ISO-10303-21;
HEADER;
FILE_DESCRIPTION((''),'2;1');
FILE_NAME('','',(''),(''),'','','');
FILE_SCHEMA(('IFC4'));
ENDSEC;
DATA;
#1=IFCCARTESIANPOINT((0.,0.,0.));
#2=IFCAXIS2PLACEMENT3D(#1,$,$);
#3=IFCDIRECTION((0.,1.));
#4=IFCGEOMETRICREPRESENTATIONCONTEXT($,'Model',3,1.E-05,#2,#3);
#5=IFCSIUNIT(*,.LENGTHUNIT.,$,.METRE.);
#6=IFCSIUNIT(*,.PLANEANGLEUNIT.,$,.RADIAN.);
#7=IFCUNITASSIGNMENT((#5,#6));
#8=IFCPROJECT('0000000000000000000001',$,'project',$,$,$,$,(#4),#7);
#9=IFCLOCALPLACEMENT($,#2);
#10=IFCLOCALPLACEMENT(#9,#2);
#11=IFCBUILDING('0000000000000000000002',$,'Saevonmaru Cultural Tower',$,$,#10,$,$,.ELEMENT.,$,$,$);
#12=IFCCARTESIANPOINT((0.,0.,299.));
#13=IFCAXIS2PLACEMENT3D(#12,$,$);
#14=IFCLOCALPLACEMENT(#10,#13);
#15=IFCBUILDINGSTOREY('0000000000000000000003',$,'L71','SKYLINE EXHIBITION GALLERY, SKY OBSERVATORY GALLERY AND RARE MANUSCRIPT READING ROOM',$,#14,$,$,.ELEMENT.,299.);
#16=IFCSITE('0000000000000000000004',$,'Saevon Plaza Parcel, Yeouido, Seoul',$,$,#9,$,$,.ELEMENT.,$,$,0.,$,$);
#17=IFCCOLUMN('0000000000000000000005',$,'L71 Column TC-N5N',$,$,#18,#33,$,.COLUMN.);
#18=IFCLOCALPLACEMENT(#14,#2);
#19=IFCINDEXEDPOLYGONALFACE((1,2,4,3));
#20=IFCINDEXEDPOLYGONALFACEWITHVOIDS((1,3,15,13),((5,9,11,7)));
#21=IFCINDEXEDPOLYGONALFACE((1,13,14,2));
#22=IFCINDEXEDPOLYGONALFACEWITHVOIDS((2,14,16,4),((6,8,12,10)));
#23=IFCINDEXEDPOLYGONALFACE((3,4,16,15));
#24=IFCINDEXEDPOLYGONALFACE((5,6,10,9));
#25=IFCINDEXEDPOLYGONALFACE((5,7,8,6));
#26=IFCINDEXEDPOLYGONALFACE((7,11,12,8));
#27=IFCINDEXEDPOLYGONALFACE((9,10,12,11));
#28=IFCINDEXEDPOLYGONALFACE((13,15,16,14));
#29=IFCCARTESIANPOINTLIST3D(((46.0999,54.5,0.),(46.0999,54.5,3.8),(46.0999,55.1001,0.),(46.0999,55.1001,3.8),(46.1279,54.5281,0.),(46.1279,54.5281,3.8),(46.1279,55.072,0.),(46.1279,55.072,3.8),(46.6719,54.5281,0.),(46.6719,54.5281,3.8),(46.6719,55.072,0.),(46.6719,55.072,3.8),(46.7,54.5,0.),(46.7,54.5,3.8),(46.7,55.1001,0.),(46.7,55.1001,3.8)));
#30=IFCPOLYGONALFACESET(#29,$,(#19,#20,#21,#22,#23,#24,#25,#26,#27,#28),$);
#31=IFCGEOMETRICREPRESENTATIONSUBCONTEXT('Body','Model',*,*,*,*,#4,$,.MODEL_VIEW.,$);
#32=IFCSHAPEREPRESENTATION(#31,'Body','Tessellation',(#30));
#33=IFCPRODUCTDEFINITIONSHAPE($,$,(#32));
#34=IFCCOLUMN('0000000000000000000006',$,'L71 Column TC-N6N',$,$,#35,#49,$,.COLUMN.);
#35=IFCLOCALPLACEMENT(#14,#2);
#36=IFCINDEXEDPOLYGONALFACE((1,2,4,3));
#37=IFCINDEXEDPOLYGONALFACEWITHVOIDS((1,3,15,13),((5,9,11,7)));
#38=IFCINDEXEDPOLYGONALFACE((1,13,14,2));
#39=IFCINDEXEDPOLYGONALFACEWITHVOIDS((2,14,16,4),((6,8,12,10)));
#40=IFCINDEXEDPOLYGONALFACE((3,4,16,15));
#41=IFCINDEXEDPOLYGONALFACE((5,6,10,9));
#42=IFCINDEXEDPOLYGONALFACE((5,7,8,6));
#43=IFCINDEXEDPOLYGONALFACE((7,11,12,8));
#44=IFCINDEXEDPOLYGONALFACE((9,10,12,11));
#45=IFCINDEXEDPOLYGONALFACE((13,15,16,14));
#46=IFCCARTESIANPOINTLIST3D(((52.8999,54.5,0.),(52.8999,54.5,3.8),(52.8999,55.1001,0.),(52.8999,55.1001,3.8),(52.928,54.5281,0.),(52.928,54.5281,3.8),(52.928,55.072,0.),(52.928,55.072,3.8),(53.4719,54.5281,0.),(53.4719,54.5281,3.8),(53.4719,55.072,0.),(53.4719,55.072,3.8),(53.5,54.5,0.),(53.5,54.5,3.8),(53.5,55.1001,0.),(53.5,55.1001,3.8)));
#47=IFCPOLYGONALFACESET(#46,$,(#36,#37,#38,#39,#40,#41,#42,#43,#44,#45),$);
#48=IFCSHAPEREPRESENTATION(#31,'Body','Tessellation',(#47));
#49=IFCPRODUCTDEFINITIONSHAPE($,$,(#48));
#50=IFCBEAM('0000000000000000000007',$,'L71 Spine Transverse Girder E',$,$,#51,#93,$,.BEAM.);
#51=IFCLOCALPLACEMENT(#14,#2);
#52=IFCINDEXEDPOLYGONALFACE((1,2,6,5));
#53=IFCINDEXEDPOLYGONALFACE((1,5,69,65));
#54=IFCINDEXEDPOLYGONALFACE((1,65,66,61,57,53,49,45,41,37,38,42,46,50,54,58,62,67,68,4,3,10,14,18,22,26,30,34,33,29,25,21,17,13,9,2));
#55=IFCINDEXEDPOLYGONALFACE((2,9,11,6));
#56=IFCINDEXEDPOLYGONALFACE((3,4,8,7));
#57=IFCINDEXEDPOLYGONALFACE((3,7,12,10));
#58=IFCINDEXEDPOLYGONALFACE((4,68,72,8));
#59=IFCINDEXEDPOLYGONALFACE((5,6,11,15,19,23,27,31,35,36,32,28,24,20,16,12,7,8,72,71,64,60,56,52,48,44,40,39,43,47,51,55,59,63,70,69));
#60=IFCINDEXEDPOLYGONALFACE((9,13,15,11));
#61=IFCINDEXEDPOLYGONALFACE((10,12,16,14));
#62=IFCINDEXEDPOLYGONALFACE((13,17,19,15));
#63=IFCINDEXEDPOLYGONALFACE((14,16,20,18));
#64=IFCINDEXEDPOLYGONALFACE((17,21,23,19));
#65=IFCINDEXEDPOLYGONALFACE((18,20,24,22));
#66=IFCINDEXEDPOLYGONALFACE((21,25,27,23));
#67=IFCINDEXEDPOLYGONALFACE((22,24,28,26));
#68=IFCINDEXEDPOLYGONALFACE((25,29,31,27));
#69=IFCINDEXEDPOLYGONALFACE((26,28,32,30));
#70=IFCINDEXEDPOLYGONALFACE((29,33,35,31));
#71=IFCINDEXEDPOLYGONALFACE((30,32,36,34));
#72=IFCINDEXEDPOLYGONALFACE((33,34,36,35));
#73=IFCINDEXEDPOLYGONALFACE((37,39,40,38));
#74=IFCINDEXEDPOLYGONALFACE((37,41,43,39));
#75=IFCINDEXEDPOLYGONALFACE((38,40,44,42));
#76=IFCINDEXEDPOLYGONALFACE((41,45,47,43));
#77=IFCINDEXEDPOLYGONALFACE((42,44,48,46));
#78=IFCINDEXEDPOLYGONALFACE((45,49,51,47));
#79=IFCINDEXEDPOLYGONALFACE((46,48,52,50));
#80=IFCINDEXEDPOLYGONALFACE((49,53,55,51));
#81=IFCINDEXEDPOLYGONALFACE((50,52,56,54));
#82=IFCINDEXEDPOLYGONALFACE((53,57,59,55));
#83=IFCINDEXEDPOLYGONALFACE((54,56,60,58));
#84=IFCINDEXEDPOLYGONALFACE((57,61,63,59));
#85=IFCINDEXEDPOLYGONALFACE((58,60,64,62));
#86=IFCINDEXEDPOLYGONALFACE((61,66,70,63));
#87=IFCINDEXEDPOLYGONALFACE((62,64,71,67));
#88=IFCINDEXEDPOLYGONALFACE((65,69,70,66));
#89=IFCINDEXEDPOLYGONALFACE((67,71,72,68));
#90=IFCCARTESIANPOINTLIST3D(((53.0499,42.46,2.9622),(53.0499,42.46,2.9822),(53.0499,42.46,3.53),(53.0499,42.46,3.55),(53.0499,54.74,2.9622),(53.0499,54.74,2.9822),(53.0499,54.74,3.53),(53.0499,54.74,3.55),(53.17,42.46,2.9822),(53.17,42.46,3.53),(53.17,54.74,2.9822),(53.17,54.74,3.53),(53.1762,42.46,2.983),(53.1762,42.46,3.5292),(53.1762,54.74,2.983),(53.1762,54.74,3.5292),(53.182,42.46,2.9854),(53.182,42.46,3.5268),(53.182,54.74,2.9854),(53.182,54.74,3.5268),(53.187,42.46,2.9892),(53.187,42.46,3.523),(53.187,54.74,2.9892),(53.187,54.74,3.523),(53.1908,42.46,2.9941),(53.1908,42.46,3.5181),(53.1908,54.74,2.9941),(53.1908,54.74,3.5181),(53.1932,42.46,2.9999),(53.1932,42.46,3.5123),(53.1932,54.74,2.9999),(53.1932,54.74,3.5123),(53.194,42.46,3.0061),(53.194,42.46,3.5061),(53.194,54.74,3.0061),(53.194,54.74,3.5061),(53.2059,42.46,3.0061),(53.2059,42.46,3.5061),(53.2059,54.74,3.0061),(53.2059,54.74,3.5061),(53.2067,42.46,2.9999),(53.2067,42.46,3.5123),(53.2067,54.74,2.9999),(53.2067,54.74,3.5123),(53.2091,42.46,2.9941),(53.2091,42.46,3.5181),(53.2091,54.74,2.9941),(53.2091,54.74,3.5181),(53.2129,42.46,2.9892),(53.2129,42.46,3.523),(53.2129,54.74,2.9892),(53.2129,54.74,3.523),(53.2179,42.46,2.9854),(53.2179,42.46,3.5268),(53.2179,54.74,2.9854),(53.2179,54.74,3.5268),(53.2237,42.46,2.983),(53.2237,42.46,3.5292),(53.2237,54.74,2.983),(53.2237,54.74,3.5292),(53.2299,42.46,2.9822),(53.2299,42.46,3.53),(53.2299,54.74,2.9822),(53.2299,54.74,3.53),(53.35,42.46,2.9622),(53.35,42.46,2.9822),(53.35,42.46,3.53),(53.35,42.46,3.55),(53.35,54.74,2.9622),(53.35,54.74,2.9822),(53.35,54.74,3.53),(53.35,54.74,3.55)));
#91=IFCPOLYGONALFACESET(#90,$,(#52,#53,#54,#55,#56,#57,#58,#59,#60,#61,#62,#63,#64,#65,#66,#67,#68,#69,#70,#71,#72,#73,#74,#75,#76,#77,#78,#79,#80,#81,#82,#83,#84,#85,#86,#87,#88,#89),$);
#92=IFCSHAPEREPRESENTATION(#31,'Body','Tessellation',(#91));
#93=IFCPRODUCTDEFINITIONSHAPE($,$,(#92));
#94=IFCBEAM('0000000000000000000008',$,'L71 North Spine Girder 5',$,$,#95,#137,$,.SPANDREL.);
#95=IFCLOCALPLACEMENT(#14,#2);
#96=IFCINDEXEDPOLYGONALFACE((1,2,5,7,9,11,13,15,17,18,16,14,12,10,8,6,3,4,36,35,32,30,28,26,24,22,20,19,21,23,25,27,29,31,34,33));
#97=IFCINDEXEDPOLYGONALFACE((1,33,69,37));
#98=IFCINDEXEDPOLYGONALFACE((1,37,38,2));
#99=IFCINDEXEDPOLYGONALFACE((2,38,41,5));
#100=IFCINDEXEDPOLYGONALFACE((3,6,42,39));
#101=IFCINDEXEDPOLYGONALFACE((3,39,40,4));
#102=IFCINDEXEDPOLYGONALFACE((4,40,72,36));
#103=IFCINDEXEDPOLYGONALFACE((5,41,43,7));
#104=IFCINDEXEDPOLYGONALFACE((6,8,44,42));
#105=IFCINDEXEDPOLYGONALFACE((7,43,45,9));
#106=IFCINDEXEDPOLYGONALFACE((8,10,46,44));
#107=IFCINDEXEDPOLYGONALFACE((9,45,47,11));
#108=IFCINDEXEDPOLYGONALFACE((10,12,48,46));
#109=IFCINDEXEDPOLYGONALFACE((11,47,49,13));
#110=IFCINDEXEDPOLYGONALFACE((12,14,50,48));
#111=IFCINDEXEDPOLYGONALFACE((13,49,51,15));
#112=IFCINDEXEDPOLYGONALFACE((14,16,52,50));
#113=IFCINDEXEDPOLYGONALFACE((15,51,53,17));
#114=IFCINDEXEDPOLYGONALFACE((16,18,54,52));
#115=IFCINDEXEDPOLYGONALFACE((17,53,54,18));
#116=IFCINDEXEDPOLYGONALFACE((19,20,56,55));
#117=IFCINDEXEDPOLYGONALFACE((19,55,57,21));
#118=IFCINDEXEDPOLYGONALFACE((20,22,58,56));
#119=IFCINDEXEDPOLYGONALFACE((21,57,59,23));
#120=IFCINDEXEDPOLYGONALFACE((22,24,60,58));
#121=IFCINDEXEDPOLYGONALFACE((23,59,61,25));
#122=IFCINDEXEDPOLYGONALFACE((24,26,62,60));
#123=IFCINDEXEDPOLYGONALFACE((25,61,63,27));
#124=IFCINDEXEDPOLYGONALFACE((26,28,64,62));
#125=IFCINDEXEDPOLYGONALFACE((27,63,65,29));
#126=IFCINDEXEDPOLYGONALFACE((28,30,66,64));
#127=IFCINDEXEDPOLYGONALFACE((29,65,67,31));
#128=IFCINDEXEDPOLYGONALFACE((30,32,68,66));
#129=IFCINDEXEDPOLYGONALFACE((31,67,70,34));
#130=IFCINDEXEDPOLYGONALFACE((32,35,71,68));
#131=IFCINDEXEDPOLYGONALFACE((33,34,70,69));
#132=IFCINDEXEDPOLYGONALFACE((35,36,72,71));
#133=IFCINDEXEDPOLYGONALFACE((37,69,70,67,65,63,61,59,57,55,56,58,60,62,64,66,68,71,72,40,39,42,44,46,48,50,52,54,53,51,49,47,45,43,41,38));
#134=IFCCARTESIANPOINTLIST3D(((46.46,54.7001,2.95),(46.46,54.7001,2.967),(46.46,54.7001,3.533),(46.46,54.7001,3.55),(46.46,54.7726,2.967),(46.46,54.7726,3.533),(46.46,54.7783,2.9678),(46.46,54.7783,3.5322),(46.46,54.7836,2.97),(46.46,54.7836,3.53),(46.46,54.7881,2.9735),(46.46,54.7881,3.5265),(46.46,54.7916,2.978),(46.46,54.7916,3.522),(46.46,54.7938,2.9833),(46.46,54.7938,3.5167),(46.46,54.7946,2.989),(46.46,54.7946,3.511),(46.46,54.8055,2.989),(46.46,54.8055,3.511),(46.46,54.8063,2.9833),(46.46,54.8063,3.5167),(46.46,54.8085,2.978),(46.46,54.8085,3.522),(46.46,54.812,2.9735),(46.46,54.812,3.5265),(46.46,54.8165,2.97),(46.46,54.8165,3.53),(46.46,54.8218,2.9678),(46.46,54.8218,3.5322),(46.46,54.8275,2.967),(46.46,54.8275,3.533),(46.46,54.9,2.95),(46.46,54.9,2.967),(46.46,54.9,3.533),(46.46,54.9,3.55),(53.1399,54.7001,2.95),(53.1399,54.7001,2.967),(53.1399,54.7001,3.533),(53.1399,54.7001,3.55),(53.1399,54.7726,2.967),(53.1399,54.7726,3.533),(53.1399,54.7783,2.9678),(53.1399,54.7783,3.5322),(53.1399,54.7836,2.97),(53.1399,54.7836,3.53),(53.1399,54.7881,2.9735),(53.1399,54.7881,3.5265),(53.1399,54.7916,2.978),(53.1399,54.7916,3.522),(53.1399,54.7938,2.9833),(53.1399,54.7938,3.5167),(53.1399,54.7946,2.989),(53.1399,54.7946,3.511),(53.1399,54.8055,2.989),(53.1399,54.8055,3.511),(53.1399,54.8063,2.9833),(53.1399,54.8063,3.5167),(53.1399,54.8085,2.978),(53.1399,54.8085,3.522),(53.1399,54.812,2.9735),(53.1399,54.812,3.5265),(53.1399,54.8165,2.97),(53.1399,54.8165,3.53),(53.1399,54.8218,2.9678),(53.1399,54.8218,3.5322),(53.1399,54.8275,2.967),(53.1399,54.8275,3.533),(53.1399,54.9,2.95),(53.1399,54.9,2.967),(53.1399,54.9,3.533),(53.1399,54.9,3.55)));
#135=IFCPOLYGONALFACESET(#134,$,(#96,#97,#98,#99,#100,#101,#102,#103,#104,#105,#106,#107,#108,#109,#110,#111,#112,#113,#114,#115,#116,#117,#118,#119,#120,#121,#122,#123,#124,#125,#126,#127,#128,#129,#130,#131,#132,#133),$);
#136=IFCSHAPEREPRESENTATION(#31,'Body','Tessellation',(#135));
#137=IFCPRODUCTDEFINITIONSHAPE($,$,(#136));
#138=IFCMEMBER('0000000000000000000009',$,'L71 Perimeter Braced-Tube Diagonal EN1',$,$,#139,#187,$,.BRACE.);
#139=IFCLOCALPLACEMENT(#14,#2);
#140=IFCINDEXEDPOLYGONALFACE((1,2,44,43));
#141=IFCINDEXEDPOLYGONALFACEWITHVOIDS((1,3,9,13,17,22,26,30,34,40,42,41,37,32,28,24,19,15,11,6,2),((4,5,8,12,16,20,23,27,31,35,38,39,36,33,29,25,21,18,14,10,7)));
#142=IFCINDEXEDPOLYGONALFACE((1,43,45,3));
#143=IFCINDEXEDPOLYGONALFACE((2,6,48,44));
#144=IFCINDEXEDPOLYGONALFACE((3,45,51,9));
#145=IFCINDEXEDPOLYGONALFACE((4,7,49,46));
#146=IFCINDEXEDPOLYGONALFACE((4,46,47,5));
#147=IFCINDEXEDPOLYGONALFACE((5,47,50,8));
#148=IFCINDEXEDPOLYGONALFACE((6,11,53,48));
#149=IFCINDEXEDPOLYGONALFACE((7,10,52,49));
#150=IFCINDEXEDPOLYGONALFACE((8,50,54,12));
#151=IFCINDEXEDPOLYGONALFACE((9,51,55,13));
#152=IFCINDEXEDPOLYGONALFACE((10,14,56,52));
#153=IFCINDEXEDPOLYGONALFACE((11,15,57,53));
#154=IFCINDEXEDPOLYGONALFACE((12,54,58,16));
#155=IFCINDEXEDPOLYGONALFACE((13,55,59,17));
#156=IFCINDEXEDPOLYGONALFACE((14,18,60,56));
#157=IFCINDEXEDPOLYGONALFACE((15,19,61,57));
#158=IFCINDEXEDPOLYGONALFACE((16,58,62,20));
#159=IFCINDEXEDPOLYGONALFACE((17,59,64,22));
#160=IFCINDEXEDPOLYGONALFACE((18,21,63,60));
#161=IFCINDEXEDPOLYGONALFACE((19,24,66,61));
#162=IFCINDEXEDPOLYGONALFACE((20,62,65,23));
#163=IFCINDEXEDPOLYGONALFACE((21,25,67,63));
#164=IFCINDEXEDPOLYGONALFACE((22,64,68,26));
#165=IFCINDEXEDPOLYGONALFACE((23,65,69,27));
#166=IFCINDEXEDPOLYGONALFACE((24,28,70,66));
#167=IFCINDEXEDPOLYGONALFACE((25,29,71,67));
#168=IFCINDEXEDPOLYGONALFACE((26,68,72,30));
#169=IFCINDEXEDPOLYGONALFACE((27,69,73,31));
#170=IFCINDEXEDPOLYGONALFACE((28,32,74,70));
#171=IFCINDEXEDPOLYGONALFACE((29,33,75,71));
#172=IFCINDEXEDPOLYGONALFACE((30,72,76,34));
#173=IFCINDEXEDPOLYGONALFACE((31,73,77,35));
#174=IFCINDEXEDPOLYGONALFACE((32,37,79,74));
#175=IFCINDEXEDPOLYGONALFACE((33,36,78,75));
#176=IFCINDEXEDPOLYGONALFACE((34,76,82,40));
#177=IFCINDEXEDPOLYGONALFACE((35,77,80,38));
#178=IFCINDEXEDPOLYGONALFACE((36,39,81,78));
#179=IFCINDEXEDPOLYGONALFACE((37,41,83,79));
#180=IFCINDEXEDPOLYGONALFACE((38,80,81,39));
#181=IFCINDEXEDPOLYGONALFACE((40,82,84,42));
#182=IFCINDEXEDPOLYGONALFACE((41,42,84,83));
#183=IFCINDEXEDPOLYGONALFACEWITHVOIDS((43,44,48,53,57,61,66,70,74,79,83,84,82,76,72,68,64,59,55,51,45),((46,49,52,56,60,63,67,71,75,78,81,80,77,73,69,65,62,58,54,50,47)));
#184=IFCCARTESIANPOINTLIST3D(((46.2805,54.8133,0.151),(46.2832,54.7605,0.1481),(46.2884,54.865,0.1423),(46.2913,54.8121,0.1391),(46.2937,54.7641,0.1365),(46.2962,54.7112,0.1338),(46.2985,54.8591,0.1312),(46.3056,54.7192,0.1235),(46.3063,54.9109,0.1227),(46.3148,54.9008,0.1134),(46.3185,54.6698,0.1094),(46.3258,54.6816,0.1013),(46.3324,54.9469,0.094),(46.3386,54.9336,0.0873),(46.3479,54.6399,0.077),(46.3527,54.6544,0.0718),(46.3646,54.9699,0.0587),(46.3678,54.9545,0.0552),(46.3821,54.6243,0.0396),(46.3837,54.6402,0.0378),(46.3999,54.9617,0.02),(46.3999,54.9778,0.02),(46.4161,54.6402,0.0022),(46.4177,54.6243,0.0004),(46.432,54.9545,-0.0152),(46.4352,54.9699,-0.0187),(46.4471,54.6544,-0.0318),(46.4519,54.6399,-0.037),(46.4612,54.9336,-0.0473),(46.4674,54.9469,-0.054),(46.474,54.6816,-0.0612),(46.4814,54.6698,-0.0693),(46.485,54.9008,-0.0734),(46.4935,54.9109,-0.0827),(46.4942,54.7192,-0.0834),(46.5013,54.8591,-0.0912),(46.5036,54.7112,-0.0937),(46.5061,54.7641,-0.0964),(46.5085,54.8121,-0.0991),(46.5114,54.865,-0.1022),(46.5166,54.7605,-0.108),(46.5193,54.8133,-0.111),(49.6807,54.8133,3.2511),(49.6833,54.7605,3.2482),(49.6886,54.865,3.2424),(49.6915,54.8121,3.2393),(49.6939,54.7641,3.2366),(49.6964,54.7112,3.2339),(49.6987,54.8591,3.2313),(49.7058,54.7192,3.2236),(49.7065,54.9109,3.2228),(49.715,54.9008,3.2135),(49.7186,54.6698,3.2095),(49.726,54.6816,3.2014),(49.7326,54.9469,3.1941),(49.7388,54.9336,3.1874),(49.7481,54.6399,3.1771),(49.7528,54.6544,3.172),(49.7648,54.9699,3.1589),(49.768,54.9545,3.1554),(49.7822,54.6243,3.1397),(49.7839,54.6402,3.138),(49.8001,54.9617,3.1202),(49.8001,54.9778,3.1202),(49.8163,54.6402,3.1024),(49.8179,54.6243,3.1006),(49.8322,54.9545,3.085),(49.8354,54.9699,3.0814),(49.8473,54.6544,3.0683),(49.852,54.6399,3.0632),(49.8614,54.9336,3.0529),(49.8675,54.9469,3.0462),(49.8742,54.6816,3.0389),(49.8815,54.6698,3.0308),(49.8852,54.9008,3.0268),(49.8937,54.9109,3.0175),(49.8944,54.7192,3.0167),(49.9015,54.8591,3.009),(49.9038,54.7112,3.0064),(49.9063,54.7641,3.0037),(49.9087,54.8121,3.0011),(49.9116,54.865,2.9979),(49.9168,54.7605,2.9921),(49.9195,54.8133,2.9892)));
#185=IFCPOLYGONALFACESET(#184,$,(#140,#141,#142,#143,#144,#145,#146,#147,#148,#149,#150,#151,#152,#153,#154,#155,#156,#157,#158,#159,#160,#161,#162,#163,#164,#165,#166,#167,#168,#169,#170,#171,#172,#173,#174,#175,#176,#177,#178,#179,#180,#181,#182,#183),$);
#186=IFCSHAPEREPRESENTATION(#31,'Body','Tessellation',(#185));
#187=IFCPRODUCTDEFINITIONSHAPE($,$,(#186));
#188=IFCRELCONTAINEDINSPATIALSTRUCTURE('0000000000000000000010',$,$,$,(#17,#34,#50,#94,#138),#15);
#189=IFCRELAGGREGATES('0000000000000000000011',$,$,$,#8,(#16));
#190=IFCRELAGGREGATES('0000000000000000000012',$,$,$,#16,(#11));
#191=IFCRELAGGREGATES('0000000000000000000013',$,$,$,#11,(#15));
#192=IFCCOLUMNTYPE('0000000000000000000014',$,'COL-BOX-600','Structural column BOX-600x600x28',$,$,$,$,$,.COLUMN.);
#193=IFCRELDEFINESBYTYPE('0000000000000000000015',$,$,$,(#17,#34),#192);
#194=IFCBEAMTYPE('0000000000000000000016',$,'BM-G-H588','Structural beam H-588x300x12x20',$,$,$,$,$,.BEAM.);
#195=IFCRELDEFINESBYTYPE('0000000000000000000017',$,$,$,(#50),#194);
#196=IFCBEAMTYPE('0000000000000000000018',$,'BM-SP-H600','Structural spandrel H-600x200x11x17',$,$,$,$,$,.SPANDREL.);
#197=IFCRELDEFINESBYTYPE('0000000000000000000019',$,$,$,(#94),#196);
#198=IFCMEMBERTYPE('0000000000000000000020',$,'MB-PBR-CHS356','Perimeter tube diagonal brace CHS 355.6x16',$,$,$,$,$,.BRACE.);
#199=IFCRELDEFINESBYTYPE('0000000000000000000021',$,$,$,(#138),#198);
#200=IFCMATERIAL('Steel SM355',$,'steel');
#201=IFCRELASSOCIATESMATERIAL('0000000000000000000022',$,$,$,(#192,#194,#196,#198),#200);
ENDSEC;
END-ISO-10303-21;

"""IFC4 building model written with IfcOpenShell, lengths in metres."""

from ifc_helpers import new_model, si_unit, direction, frame, origin, origin_2d, place, context, subcontext, project, spatial, hollow_rectangle, hollow_circle, i_section, extrude, material, material_profile, profile_set, type_object, element, save


model = new_model("IFC4")

# Units and contexts
model_context = context("Model", 3, precision=1e-05, world=origin(), true_north=direction((0.0, 1.0)))
body_context = subcontext(model_context, "Body", "Model", "MODEL_VIEW")
ifc_project = project(units=[si_unit("LENGTHUNIT", "METRE"), si_unit("PLANEANGLEUNIT", "RADIAN")], contexts=[model_context])

# Site, building, storey
site_placement = place(None, origin())
site = spatial("IfcSite", under=ifc_project, at=site_placement, Name="Saevon Plaza Parcel, Yeouido, Seoul", CompositionType="ELEMENT", RefElevation=0.0)
building_placement = place(site_placement, origin())
building = spatial("IfcBuilding", under=site, at=building_placement, Name="Saevonmaru Cultural Tower", CompositionType="ELEMENT")
storey_placement = place(building_placement, frame((0.0, 0.0, 299.0)))
storey = spatial("IfcBuildingStorey", under=building, at=storey_placement, Name="L71", Description="SKYLINE EXHIBITION GALLERY, SKY OBSERVATORY GALLERY AND RARE MANUSCRIPT READING ROOM", CompositionType="ELEMENT", Elevation=299.0)

# Columns
ifc_material_1 = material(Name="Steel SM355", Category="steel")
ifc_material_profile_1 = material_profile(ifc_material_1, hollow_rectangle(XDim=0.6001, YDim=0.6001, WallThickness=0.0281, at=origin_2d()), Name="BOX-600x600x28")
ifc_profile_set_1 = profile_set([ifc_material_profile_1], Name="Steel SM355")
column_type = type_object("IfcColumnType", Name="COL-BOX-600", Description="Structural column BOX-600x600x28", PredefinedType="COLUMN", material=ifc_profile_set_1)
for number, where, z_axis, x_axis, name in (
    (1, (46.3999, 54.8, 0.0), (0.0, 0.0, 1.0), (1.0, 0.0, 0.0), "L71 Column TC-N5N"),
    (2, (53.2, 54.8, 0.0), (0.0, 0.0, 1.0), (1.0, 0.0, 0.0), "L71 Column TC-N6N"),
):
    element("IfcColumn", number, at=place(storey_placement, frame(where, z_axis=z_axis, x_axis=x_axis)), inside=storey, type_object=column_type, Name=name, PredefinedType="COLUMN", context=body_context, shape_type="SweptSolid", body=[
        extrude(hollow_rectangle(XDim=0.6001, YDim=0.6001, WallThickness=0.0281, at=origin_2d()), origin(), (0.0, 0.0, 1.0), 3.8),
    ])

# Beams
ifc_material_profile_2 = material_profile(ifc_material_1, i_section(OverallWidth=0.3, OverallDepth=0.5879, WebThickness=0.012, FlangeThickness=0.02, FilletRadius=0.0239, at=origin_2d()), Name="H-588x300x12x20")
ifc_profile_set_2 = profile_set([ifc_material_profile_2], Name="Steel SM355")
beam_type_1 = type_object("IfcBeamType", Name="BM-G-H588", Description="Structural beam H-588x300x12x20", PredefinedType="BEAM", material=ifc_profile_set_2)
beam_1_placement = place(storey_placement, frame((53.2, 54.74, 3.2561), z_axis=(0.0, -1.0, 0.0), x_axis=(1.0, 0.0, 0.0)))
element("IfcBeam", 3, at=beam_1_placement, inside=storey, type_object=beam_type_1, Name="L71 Spine Transverse Girder E", PredefinedType="BEAM", context=body_context, shape_type="SweptSolid", body=[
    extrude(i_section(OverallWidth=0.3, OverallDepth=0.5879, WebThickness=0.012, FlangeThickness=0.02, FilletRadius=0.0239, at=origin_2d()), origin(), (0.0, 0.0, 1.0), 12.28),
])
ifc_material_profile_3 = material_profile(ifc_material_1, i_section(OverallWidth=0.2, OverallDepth=0.6001, WebThickness=0.011, FlangeThickness=0.0171, FilletRadius=0.022, at=origin_2d()), Name="H-600x200x11x17")
ifc_profile_set_3 = profile_set([ifc_material_profile_3], Name="Steel SM355")
beam_type_2 = type_object("IfcBeamType", Name="BM-SP-H600", Description="Structural spandrel H-600x200x11x17", PredefinedType="SPANDREL", material=ifc_profile_set_3)
beam_2_placement = place(storey_placement, frame((46.46, 54.8, 3.25), z_axis=(1.0, 0.0, 0.0), x_axis=(0.0, 1.0, 0.0)))
element("IfcBeam", 4, at=beam_2_placement, inside=storey, type_object=beam_type_2, Name="L71 North Spine Girder 5", PredefinedType="SPANDREL", context=body_context, shape_type="SweptSolid", body=[
    extrude(i_section(OverallWidth=0.2, OverallDepth=0.6001, WebThickness=0.011, FlangeThickness=0.0171, FilletRadius=0.022, at=origin_2d()), origin(), (0.0, 0.0, 1.0), 6.6799),
])

# Member
ifc_material_profile_4 = material_profile(ifc_material_1, hollow_circle(Radius=0.1777, WallThickness=0.0161, at=origin_2d()), Name="CHS-355.6x16")
ifc_profile_set_4 = profile_set([ifc_material_profile_4], Name="Steel SM355")
member_type_1 = type_object("IfcMemberType", Name="MB-PBR-CHS356", Description="Perimeter tube diagonal brace CHS 355.6x16", PredefinedType="BRACE", material=ifc_profile_set_4)
member_1_placement = place(storey_placement, frame((46.3999, 54.8, 0.02), z_axis=(0.73896, 0.0, 0.67375), x_axis=(0.0, 1.0, 0.0)))
element("IfcMember", 5, at=member_1_placement, inside=storey, type_object=member_type_1, Name="L71 Perimeter Braced-Tube Diagonal EN1", PredefinedType="BRACE", context=body_context, shape_type="SweptSolid", body=[
    extrude(hollow_circle(Radius=0.1777, WallThickness=0.0161, at=origin_2d()), origin(), (0.0, 0.0, 1.0), 4.6013),
])

save(model, "model.ifc")
